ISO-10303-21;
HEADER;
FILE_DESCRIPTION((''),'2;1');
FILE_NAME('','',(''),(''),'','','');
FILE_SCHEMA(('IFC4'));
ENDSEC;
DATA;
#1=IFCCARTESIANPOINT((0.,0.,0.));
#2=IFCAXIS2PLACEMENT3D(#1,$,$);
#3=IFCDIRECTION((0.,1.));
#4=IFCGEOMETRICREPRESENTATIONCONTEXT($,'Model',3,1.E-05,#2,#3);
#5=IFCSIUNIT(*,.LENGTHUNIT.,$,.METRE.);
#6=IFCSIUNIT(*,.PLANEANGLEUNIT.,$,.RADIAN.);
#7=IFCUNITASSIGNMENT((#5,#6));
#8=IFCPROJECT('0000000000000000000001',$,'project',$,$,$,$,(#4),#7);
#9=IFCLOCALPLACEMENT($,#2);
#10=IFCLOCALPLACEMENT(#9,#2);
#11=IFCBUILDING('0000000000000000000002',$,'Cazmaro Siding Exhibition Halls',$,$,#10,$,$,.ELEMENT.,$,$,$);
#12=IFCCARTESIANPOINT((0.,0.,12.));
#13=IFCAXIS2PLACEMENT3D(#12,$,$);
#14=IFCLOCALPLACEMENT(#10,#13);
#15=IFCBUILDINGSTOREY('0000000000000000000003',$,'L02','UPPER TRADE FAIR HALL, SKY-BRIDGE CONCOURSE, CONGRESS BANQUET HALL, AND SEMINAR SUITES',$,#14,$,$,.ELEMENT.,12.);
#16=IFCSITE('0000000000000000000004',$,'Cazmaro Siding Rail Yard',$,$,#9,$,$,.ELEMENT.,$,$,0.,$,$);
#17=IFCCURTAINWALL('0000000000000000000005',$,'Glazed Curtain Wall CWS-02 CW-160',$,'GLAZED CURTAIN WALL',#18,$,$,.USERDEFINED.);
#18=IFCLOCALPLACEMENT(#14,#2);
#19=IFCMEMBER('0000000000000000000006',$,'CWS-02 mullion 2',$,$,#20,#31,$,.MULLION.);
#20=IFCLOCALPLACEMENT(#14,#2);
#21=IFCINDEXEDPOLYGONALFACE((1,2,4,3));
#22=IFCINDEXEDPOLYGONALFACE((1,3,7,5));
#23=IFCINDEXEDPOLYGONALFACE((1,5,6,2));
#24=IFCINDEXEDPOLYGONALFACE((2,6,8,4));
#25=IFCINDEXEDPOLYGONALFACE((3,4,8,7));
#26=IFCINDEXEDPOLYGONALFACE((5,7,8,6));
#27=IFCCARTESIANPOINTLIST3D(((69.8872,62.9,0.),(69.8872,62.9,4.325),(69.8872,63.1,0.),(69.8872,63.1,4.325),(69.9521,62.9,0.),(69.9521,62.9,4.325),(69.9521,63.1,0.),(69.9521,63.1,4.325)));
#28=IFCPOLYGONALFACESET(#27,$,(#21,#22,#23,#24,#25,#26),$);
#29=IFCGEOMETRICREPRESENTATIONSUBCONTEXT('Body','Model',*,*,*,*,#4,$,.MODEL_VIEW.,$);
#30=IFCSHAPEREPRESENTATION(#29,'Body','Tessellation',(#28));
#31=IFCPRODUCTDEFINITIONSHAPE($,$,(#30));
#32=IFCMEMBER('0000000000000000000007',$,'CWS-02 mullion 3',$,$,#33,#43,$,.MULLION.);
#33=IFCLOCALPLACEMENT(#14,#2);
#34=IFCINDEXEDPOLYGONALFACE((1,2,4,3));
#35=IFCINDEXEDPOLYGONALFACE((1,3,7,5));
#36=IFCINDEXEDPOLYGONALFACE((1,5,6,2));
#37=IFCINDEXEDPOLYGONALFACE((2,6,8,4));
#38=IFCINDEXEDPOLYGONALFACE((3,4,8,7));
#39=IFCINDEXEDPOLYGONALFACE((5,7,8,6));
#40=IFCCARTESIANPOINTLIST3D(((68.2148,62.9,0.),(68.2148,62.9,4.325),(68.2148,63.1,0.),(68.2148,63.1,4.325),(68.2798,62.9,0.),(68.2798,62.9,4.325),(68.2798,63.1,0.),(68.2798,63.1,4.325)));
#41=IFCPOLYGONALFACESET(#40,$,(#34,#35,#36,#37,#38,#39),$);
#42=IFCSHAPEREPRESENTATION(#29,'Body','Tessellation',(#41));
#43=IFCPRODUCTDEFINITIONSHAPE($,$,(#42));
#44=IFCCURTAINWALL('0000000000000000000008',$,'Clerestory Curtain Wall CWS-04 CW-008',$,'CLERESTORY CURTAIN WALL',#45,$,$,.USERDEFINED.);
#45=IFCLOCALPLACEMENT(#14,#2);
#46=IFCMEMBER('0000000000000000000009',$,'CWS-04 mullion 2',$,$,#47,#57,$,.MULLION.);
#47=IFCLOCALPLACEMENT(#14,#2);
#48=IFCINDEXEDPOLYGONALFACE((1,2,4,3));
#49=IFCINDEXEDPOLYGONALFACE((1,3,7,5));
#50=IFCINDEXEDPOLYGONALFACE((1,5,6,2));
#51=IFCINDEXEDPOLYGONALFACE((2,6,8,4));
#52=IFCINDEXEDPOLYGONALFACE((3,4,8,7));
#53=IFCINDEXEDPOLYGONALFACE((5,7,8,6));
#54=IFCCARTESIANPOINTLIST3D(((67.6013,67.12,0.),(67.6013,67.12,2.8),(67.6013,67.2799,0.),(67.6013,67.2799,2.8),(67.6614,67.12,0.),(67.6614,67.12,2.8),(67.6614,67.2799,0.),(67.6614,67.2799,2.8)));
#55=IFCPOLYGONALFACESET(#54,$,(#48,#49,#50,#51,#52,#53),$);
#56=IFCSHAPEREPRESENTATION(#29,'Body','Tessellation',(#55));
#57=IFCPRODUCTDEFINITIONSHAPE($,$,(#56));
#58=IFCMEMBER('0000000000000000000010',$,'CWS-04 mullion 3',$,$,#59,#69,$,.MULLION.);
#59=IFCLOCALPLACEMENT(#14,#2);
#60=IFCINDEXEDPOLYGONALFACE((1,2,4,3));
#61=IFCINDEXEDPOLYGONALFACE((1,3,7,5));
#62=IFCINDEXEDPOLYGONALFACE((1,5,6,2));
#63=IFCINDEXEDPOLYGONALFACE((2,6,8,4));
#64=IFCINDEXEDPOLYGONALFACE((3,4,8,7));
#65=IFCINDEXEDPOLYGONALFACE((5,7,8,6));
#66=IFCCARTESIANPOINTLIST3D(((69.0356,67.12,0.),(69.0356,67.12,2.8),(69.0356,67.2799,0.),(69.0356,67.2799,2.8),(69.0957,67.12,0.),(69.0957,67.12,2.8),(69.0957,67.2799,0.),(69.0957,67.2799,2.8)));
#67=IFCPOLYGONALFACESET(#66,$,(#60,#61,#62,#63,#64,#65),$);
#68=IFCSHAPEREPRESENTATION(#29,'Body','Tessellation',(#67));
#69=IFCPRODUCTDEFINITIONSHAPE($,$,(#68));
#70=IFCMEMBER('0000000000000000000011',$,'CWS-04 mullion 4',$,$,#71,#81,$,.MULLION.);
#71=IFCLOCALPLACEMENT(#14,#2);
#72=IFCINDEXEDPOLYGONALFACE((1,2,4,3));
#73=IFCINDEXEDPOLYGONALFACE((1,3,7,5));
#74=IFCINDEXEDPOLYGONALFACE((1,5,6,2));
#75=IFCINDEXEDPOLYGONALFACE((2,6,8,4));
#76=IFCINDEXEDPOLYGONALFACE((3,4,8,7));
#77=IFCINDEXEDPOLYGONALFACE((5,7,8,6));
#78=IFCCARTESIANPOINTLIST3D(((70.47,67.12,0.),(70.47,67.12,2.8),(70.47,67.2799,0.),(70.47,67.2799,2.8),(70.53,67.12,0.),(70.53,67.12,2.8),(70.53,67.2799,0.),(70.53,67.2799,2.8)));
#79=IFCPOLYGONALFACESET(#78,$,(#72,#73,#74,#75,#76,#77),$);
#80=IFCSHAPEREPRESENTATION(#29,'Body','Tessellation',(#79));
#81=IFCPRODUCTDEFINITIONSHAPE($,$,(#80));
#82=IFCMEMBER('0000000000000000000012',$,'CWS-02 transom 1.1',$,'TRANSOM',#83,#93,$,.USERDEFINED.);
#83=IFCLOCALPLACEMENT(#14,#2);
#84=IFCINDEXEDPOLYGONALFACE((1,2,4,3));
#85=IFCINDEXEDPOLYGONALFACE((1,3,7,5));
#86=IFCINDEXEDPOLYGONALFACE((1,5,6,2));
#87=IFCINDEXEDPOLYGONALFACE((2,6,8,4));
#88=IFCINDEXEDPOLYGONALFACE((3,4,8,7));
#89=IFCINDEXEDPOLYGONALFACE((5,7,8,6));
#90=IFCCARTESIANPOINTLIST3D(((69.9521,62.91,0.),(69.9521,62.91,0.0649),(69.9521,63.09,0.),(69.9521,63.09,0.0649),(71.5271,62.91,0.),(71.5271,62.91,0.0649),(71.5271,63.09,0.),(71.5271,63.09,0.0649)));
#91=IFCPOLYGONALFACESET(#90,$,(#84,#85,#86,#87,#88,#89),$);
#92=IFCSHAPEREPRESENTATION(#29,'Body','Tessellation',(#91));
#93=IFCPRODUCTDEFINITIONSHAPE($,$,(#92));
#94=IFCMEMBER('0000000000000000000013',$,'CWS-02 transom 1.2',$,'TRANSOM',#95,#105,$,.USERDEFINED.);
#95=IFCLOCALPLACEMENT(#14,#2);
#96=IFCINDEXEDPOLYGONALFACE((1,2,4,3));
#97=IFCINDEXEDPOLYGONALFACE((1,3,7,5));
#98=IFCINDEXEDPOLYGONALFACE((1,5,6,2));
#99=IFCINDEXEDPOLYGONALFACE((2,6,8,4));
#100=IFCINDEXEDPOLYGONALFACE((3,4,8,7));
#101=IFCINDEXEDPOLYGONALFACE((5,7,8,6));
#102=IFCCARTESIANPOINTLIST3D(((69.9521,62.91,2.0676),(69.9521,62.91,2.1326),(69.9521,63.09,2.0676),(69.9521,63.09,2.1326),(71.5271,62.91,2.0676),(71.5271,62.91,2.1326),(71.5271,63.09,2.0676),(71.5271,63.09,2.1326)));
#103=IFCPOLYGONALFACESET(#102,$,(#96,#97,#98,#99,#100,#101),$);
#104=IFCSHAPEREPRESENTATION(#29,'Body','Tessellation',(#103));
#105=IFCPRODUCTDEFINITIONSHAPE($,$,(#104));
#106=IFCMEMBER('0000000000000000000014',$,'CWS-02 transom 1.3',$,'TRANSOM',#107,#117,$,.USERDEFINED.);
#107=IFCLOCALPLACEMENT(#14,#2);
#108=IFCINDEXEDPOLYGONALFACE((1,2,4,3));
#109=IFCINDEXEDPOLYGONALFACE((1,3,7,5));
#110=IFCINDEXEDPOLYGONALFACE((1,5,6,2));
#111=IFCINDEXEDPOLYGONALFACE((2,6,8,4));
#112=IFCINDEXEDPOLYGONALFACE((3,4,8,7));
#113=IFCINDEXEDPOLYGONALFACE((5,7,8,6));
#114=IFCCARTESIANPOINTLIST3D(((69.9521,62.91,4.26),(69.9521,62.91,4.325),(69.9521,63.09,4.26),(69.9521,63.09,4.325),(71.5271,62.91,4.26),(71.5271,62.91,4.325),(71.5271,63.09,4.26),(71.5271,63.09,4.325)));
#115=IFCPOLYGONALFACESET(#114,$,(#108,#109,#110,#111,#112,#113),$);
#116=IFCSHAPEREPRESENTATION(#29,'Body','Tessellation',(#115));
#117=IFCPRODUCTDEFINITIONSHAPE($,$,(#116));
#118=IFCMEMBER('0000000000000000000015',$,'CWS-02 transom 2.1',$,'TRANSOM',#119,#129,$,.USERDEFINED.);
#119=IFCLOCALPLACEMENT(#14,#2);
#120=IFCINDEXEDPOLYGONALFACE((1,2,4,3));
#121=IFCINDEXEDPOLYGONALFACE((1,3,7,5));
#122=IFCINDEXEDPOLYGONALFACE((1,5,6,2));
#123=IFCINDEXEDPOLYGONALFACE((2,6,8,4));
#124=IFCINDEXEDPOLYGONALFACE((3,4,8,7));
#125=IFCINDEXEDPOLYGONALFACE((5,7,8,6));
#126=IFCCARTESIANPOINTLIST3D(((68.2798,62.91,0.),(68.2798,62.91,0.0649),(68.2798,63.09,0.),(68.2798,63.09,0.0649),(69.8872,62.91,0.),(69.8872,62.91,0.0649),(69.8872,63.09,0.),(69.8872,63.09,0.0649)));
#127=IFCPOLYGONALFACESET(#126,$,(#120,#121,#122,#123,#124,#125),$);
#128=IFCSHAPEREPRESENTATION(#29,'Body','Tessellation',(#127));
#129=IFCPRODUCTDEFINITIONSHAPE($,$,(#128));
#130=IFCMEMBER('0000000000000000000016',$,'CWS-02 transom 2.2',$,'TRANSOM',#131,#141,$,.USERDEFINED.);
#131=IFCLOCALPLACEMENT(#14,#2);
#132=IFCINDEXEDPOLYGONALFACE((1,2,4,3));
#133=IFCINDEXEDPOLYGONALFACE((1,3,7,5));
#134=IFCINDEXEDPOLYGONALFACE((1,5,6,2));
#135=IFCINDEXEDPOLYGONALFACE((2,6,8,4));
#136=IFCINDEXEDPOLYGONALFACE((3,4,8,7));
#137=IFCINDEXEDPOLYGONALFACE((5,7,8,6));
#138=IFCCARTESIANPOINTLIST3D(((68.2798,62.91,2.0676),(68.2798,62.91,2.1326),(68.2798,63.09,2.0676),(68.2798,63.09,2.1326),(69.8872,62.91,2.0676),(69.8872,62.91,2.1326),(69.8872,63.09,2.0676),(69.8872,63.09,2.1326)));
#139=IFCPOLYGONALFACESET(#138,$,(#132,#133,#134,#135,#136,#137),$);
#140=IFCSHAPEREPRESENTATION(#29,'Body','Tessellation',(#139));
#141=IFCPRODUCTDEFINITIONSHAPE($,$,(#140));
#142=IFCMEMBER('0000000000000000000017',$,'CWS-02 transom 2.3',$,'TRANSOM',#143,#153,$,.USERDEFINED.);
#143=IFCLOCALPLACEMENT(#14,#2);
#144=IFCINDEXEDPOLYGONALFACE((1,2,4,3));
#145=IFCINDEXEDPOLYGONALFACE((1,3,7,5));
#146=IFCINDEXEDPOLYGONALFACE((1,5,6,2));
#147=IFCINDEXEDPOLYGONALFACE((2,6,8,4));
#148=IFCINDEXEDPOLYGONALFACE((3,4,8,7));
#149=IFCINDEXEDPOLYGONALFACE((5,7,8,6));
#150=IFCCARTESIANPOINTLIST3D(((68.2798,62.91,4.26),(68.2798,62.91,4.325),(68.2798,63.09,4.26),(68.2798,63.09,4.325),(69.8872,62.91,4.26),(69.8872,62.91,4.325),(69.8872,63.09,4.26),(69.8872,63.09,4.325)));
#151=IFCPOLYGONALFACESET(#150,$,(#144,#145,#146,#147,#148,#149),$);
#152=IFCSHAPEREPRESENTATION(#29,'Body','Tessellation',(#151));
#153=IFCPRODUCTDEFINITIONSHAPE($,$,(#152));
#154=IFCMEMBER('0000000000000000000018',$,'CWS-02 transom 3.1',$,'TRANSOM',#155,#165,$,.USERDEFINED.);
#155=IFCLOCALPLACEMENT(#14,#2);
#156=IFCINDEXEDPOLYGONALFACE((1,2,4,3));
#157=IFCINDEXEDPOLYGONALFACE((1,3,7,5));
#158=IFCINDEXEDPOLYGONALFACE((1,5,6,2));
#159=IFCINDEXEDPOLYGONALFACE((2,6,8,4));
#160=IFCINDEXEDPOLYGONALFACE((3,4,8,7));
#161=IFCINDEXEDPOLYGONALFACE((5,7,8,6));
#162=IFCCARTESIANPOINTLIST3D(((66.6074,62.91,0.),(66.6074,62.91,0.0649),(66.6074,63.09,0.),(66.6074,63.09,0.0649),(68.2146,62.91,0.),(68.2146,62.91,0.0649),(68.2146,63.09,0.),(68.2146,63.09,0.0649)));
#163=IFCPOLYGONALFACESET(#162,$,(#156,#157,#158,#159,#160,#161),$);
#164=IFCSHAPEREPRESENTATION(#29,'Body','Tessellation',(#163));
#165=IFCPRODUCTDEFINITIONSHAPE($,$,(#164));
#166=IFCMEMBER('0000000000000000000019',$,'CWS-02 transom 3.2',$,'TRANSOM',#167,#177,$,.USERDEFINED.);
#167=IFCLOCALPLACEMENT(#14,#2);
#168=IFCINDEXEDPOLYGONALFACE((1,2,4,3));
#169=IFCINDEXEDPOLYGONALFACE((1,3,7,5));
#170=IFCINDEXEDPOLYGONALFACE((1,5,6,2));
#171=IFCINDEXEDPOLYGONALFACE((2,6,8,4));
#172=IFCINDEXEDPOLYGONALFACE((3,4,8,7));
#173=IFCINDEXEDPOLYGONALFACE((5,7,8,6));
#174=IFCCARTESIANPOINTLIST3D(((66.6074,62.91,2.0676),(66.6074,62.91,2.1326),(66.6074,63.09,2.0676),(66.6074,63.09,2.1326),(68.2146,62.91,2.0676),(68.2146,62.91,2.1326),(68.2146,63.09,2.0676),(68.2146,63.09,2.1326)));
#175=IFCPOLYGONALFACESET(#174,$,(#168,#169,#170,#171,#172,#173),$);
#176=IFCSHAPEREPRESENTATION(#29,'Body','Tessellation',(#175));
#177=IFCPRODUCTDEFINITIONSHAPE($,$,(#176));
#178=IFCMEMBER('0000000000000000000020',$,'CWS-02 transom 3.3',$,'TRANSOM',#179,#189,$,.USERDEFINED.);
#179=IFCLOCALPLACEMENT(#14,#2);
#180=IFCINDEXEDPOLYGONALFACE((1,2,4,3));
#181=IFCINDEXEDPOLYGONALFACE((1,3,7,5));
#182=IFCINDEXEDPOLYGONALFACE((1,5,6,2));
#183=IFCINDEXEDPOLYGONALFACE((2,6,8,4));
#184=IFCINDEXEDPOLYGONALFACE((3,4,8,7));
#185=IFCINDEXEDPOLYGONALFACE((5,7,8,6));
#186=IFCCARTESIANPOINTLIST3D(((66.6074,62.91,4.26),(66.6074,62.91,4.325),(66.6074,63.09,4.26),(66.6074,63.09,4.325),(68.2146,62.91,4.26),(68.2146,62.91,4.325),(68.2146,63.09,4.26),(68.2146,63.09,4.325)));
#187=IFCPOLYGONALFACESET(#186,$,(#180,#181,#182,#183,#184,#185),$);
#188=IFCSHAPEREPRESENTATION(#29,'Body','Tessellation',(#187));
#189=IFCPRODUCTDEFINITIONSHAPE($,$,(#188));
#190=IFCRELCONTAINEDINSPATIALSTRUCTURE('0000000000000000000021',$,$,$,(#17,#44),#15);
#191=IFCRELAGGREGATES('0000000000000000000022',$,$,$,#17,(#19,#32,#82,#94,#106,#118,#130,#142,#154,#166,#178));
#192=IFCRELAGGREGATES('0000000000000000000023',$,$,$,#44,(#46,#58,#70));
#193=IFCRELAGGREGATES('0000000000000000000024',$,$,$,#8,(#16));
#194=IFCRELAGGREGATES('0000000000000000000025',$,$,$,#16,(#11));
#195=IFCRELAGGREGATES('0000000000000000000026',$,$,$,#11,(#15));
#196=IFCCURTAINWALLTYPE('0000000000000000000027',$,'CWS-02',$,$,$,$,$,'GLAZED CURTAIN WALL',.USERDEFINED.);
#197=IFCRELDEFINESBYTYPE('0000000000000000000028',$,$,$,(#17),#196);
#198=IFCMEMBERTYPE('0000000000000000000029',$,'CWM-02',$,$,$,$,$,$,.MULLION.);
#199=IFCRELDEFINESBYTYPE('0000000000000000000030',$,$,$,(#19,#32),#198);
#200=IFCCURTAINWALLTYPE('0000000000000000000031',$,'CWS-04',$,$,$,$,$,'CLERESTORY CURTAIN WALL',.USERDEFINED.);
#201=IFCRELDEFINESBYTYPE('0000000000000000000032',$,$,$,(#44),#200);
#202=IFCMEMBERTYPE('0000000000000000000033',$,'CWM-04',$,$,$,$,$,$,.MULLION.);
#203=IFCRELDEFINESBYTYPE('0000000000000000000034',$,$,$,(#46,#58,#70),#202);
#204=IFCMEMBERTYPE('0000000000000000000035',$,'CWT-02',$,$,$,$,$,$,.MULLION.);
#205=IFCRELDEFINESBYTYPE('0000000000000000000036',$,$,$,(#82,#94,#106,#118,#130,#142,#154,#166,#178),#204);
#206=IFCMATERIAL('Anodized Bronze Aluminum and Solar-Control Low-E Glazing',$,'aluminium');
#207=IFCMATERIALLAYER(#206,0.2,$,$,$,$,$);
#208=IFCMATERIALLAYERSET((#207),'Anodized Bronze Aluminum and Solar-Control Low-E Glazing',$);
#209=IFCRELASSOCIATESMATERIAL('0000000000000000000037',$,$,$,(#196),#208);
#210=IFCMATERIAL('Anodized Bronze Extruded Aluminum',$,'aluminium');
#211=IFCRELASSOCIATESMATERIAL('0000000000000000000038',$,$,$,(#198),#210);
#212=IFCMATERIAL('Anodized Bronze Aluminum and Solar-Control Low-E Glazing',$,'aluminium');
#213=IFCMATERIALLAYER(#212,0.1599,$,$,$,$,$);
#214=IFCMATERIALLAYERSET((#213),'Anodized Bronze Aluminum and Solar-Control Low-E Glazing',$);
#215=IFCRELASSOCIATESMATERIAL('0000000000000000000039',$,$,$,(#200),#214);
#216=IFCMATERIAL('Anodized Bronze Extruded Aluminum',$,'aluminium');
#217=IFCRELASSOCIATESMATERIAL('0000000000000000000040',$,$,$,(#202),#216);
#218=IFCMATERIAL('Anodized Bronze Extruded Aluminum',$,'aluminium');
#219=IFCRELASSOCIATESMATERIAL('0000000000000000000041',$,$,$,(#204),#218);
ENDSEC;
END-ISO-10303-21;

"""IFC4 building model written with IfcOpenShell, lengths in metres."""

from ifc_helpers import new_model, si_unit, direction, frame, origin, origin_2d, place, context, subcontext, project, spatial, rectangle, extrude, material, layer, layer_set, material_profile, profile_set, type_object, element, aggregate, save


model = new_model("IFC4")

# Units and contexts
model_context = context("Model", 3, precision=1e-05, world=origin(), true_north=direction((0.0, 1.0)))
body_context = subcontext(model_context, "Body", "Model", "MODEL_VIEW")
ifc_project = project(units=[si_unit("LENGTHUNIT", "METRE"), si_unit("PLANEANGLEUNIT", "RADIAN")], contexts=[model_context])

# Site, building, storey
site_placement = place(None, origin())
site = spatial("IfcSite", under=ifc_project, at=site_placement, Name="Cazmaro Siding Rail Yard", CompositionType="ELEMENT", RefElevation=0.0)
building_placement = place(site_placement, origin())
building = spatial("IfcBuilding", under=site, at=building_placement, Name="Cazmaro Siding Exhibition Halls", CompositionType="ELEMENT")
storey_placement = place(building_placement, frame((0.0, 0.0, 12.0)))
storey = spatial("IfcBuildingStorey", under=building, at=storey_placement, Name="L02", Description="UPPER TRADE FAIR HALL, SKY-BRIDGE CONCOURSE, CONGRESS BANQUET HALL, AND SEMINAR SUITES", CompositionType="ELEMENT", Elevation=12.0)

# Curtain walls, members
ifc_material_1 = material(Name="Anodized Bronze Aluminum and Solar-Control Low-E Glazing", Category="aluminium")
ifc_layer_1 = layer(ifc_material_1, 0.2)
ifc_layer_set_1 = layer_set([ifc_layer_1], Name="Anodized Bronze Aluminum and Solar-Control Low-E Glazing")
curtain_wall_type_1 = type_object("IfcCurtainWallType", Name="CWS-02", ElementType="GLAZED CURTAIN WALL", PredefinedType="USERDEFINED", material=ifc_layer_set_1)
curtain_wall_1_placement = place(storey_placement, origin())
curtain_wall_1 = element("IfcCurtainWall", 1, at=curtain_wall_1_placement, inside=storey, type_object=curtain_wall_type_1, Name="Glazed Curtain Wall CWS-02 CW-160", ObjectType="GLAZED CURTAIN WALL", PredefinedType="USERDEFINED")
ifc_material_2 = material(Name="Anodized Bronze Extruded Aluminum", Category="aluminium")
ifc_material_profile_1 = material_profile(ifc_material_2, rectangle(XDim=0.2, YDim=0.0649, at=origin_2d()), Name="CWM-02")
ifc_profile_set_1 = profile_set([ifc_material_profile_1], Name="Anodized Bronze Extruded Aluminum")
member_type_1 = type_object("IfcMemberType", Name="CWM-02", PredefinedType="MULLION", material=ifc_profile_set_1)
member_1_placement = place(storey_placement, frame((69.9197, 63.0, 0.0), z_axis=(0.0, 0.0, 1.0), x_axis=(0.0, -1.0, 0.0)))
member_1 = element("IfcMember", 2, at=member_1_placement, type_object=member_type_1, Name="CWS-02 mullion 2", PredefinedType="MULLION", context=body_context, shape_type="SweptSolid", body=[
    extrude(rectangle(XDim=0.2, YDim=0.0649, at=origin_2d()), origin(), (0.0, 0.0, 1.0), 4.325),
])
member_2_placement = place(storey_placement, frame((68.2473, 63.0, 0.0), z_axis=(0.0, 0.0, 1.0), x_axis=(0.0, -1.0, 0.0)))
member_2 = element("IfcMember", 3, at=member_2_placement, type_object=member_type_1, Name="CWS-02 mullion 3", PredefinedType="MULLION", context=body_context, shape_type="SweptSolid", body=[
    extrude(rectangle(XDim=0.2, YDim=0.0649, at=origin_2d()), origin(), (0.0, 0.0, 1.0), 4.325),
])
ifc_material_3 = material(Name="Anodized Bronze Aluminum and Solar-Control Low-E Glazing", Category="aluminium")
ifc_layer_2 = layer(ifc_material_3, 0.1599)
ifc_layer_set_2 = layer_set([ifc_layer_2], Name="Anodized Bronze Aluminum and Solar-Control Low-E Glazing")
curtain_wall_type_2 = type_object("IfcCurtainWallType", Name="CWS-04", ElementType="CLERESTORY CURTAIN WALL", PredefinedType="USERDEFINED", material=ifc_layer_set_2)
curtain_wall_2_placement = place(storey_placement, origin())
curtain_wall_2 = element("IfcCurtainWall", 4, at=curtain_wall_2_placement, inside=storey, type_object=curtain_wall_type_2, Name="Clerestory Curtain Wall CWS-04 CW-008", ObjectType="CLERESTORY CURTAIN WALL", PredefinedType="USERDEFINED")
ifc_material_4 = material(Name="Anodized Bronze Extruded Aluminum", Category="aluminium")
ifc_material_profile_2 = material_profile(ifc_material_4, rectangle(XDim=0.1599, YDim=0.0601, at=origin_2d()), Name="CWM-04")
ifc_profile_set_2 = profile_set([ifc_material_profile_2], Name="Anodized Bronze Extruded Aluminum")
member_type_2 = type_object("IfcMemberType", Name="CWM-04", PredefinedType="MULLION", material=ifc_profile_set_2)
member_3_placement = place(storey_placement, frame((67.6313, 67.2, 0.0), z_axis=(0.0, 0.0, 1.0), x_axis=(0.0, 1.0, 0.0)))
member_3 = element("IfcMember", 5, at=member_3_placement, type_object=member_type_2, Name="CWS-04 mullion 2", PredefinedType="MULLION", context=body_context, shape_type="SweptSolid", body=[
    extrude(rectangle(XDim=0.1599, YDim=0.0601, at=origin_2d()), origin(), (0.0, 0.0, 1.0), 2.8),
])
member_4_placement = place(storey_placement, frame((69.0657, 67.2, 0.0), z_axis=(0.0, 0.0, 1.0), x_axis=(0.0, 1.0, 0.0)))
member_4 = element("IfcMember", 6, at=member_4_placement, type_object=member_type_2, Name="CWS-04 mullion 3", PredefinedType="MULLION", context=body_context, shape_type="SweptSolid", body=[
    extrude(rectangle(XDim=0.1599, YDim=0.0601, at=origin_2d()), origin(), (0.0, 0.0, 1.0), 2.8),
])
member_5_placement = place(storey_placement, frame((70.5, 67.2, 0.0), z_axis=(0.0, 0.0, 1.0), x_axis=(0.0, 1.0, 0.0)))
member_5 = element("IfcMember", 7, at=member_5_placement, type_object=member_type_2, Name="CWS-04 mullion 4", PredefinedType="MULLION", context=body_context, shape_type="SweptSolid", body=[
    extrude(rectangle(XDim=0.1599, YDim=0.0601, at=origin_2d()), origin(), (0.0, 0.0, 1.0), 2.8),
])

# Members
ifc_material_5 = material(Name="Anodized Bronze Extruded Aluminum", Category="aluminium")
ifc_material_profile_3 = material_profile(ifc_material_5, rectangle(XDim=0.1799, YDim=0.0649, at=origin_2d()), Name="CWT-02")
ifc_profile_set_3 = profile_set([ifc_material_profile_3], Name="Anodized Bronze Extruded Aluminum")
member_type_3 = type_object("IfcMemberType", Name="CWT-02", PredefinedType="MULLION", material=ifc_profile_set_3)
member_6_placement = place(storey_placement, frame((71.5271, 63.0, 0.0325), z_axis=(-1.0, 0.0, 0.0), x_axis=(0.0, -1.0, 0.0)))
member_6 = element("IfcMember", 8, at=member_6_placement, type_object=member_type_3, Name="CWS-02 transom 1.1", ObjectType="TRANSOM", PredefinedType="USERDEFINED", context=body_context, shape_type="SweptSolid", body=[
    extrude(rectangle(XDim=0.1799, YDim=0.0649, at=origin_2d()), origin(), (0.0, 0.0, 1.0), 1.575),
])
member_7_placement = place(storey_placement, frame((71.5271, 63.0, 2.1001), z_axis=(-1.0, 0.0, 0.0), x_axis=(0.0, -1.0, 0.0)))
member_7 = element("IfcMember", 9, at=member_7_placement, type_object=member_type_3, Name="CWS-02 transom 1.2", ObjectType="TRANSOM", PredefinedType="USERDEFINED", context=body_context, shape_type="SweptSolid", body=[
    extrude(rectangle(XDim=0.1799, YDim=0.0649, at=origin_2d()), origin(), (0.0, 0.0, 1.0), 1.575),
])
member_8_placement = place(storey_placement, frame((71.5271, 63.0, 4.2925), z_axis=(-1.0, 0.0, 0.0), x_axis=(0.0, -1.0, 0.0)))
member_8 = element("IfcMember", 10, at=member_8_placement, type_object=member_type_3, Name="CWS-02 transom 1.3", ObjectType="TRANSOM", PredefinedType="USERDEFINED", context=body_context, shape_type="SweptSolid", body=[
    extrude(rectangle(XDim=0.1799, YDim=0.0649, at=origin_2d()), origin(), (0.0, 0.0, 1.0), 1.575),
])
member_9_placement = place(storey_placement, frame((69.8872, 63.0, 0.0325), z_axis=(-1.0, 0.0, 0.0), x_axis=(0.0, -1.0, 0.0)))
member_9 = element("IfcMember", 11, at=member_9_placement, type_object=member_type_3, Name="CWS-02 transom 2.1", ObjectType="TRANSOM", PredefinedType="USERDEFINED", context=body_context, shape_type="SweptSolid", body=[
    extrude(rectangle(XDim=0.1799, YDim=0.0649, at=origin_2d()), origin(), (0.0, 0.0, 1.0), 1.6074),
])
member_10_placement = place(storey_placement, frame((69.8872, 63.0, 2.1001), z_axis=(-1.0, 0.0, 0.0), x_axis=(0.0, -1.0, 0.0)))
member_10 = element("IfcMember", 12, at=member_10_placement, type_object=member_type_3, Name="CWS-02 transom 2.2", ObjectType="TRANSOM", PredefinedType="USERDEFINED", context=body_context, shape_type="SweptSolid", body=[
    extrude(rectangle(XDim=0.1799, YDim=0.0649, at=origin_2d()), origin(), (0.0, 0.0, 1.0), 1.6074),
])
member_11_placement = place(storey_placement, frame((69.8872, 63.0, 4.2925), z_axis=(-1.0, 0.0, 0.0), x_axis=(0.0, -1.0, 0.0)))
member_11 = element("IfcMember", 13, at=member_11_placement, type_object=member_type_3, Name="CWS-02 transom 2.3", ObjectType="TRANSOM", PredefinedType="USERDEFINED", context=body_context, shape_type="SweptSolid", body=[
    extrude(rectangle(XDim=0.1799, YDim=0.0649, at=origin_2d()), origin(), (0.0, 0.0, 1.0), 1.6074),
])
member_12_placement = place(storey_placement, frame((68.2146, 63.0, 0.0325), z_axis=(-1.0, 0.0, 0.0), x_axis=(0.0, -1.0, 0.0)))
member_12 = element("IfcMember", 14, at=member_12_placement, type_object=member_type_3, Name="CWS-02 transom 3.1", ObjectType="TRANSOM", PredefinedType="USERDEFINED", context=body_context, shape_type="SweptSolid", body=[
    extrude(rectangle(XDim=0.1799, YDim=0.0649, at=origin_2d()), origin(), (0.0, 0.0, 1.0), 1.6072),
])
member_13_placement = place(storey_placement, frame((68.2146, 63.0, 2.1001), z_axis=(-1.0, 0.0, 0.0), x_axis=(0.0, -1.0, 0.0)))
member_13 = element("IfcMember", 15, at=member_13_placement, type_object=member_type_3, Name="CWS-02 transom 3.2", ObjectType="TRANSOM", PredefinedType="USERDEFINED", context=body_context, shape_type="SweptSolid", body=[
    extrude(rectangle(XDim=0.1799, YDim=0.0649, at=origin_2d()), origin(), (0.0, 0.0, 1.0), 1.6072),
])
member_14_placement = place(storey_placement, frame((68.2146, 63.0, 4.2925), z_axis=(-1.0, 0.0, 0.0), x_axis=(0.0, -1.0, 0.0)))
member_14 = element("IfcMember", 16, at=member_14_placement, type_object=member_type_3, Name="CWS-02 transom 3.3", ObjectType="TRANSOM", PredefinedType="USERDEFINED", context=body_context, shape_type="SweptSolid", body=[
    extrude(rectangle(XDim=0.1799, YDim=0.0649, at=origin_2d()), origin(), (0.0, 0.0, 1.0), 1.6072),
])

aggregate(curtain_wall_1, [member_1, member_2, member_6, member_7, member_8, member_9, member_10, member_11, member_12, member_13, member_14])
aggregate(curtain_wall_2, [member_3, member_4, member_5])

save(model, "model.ifc")
